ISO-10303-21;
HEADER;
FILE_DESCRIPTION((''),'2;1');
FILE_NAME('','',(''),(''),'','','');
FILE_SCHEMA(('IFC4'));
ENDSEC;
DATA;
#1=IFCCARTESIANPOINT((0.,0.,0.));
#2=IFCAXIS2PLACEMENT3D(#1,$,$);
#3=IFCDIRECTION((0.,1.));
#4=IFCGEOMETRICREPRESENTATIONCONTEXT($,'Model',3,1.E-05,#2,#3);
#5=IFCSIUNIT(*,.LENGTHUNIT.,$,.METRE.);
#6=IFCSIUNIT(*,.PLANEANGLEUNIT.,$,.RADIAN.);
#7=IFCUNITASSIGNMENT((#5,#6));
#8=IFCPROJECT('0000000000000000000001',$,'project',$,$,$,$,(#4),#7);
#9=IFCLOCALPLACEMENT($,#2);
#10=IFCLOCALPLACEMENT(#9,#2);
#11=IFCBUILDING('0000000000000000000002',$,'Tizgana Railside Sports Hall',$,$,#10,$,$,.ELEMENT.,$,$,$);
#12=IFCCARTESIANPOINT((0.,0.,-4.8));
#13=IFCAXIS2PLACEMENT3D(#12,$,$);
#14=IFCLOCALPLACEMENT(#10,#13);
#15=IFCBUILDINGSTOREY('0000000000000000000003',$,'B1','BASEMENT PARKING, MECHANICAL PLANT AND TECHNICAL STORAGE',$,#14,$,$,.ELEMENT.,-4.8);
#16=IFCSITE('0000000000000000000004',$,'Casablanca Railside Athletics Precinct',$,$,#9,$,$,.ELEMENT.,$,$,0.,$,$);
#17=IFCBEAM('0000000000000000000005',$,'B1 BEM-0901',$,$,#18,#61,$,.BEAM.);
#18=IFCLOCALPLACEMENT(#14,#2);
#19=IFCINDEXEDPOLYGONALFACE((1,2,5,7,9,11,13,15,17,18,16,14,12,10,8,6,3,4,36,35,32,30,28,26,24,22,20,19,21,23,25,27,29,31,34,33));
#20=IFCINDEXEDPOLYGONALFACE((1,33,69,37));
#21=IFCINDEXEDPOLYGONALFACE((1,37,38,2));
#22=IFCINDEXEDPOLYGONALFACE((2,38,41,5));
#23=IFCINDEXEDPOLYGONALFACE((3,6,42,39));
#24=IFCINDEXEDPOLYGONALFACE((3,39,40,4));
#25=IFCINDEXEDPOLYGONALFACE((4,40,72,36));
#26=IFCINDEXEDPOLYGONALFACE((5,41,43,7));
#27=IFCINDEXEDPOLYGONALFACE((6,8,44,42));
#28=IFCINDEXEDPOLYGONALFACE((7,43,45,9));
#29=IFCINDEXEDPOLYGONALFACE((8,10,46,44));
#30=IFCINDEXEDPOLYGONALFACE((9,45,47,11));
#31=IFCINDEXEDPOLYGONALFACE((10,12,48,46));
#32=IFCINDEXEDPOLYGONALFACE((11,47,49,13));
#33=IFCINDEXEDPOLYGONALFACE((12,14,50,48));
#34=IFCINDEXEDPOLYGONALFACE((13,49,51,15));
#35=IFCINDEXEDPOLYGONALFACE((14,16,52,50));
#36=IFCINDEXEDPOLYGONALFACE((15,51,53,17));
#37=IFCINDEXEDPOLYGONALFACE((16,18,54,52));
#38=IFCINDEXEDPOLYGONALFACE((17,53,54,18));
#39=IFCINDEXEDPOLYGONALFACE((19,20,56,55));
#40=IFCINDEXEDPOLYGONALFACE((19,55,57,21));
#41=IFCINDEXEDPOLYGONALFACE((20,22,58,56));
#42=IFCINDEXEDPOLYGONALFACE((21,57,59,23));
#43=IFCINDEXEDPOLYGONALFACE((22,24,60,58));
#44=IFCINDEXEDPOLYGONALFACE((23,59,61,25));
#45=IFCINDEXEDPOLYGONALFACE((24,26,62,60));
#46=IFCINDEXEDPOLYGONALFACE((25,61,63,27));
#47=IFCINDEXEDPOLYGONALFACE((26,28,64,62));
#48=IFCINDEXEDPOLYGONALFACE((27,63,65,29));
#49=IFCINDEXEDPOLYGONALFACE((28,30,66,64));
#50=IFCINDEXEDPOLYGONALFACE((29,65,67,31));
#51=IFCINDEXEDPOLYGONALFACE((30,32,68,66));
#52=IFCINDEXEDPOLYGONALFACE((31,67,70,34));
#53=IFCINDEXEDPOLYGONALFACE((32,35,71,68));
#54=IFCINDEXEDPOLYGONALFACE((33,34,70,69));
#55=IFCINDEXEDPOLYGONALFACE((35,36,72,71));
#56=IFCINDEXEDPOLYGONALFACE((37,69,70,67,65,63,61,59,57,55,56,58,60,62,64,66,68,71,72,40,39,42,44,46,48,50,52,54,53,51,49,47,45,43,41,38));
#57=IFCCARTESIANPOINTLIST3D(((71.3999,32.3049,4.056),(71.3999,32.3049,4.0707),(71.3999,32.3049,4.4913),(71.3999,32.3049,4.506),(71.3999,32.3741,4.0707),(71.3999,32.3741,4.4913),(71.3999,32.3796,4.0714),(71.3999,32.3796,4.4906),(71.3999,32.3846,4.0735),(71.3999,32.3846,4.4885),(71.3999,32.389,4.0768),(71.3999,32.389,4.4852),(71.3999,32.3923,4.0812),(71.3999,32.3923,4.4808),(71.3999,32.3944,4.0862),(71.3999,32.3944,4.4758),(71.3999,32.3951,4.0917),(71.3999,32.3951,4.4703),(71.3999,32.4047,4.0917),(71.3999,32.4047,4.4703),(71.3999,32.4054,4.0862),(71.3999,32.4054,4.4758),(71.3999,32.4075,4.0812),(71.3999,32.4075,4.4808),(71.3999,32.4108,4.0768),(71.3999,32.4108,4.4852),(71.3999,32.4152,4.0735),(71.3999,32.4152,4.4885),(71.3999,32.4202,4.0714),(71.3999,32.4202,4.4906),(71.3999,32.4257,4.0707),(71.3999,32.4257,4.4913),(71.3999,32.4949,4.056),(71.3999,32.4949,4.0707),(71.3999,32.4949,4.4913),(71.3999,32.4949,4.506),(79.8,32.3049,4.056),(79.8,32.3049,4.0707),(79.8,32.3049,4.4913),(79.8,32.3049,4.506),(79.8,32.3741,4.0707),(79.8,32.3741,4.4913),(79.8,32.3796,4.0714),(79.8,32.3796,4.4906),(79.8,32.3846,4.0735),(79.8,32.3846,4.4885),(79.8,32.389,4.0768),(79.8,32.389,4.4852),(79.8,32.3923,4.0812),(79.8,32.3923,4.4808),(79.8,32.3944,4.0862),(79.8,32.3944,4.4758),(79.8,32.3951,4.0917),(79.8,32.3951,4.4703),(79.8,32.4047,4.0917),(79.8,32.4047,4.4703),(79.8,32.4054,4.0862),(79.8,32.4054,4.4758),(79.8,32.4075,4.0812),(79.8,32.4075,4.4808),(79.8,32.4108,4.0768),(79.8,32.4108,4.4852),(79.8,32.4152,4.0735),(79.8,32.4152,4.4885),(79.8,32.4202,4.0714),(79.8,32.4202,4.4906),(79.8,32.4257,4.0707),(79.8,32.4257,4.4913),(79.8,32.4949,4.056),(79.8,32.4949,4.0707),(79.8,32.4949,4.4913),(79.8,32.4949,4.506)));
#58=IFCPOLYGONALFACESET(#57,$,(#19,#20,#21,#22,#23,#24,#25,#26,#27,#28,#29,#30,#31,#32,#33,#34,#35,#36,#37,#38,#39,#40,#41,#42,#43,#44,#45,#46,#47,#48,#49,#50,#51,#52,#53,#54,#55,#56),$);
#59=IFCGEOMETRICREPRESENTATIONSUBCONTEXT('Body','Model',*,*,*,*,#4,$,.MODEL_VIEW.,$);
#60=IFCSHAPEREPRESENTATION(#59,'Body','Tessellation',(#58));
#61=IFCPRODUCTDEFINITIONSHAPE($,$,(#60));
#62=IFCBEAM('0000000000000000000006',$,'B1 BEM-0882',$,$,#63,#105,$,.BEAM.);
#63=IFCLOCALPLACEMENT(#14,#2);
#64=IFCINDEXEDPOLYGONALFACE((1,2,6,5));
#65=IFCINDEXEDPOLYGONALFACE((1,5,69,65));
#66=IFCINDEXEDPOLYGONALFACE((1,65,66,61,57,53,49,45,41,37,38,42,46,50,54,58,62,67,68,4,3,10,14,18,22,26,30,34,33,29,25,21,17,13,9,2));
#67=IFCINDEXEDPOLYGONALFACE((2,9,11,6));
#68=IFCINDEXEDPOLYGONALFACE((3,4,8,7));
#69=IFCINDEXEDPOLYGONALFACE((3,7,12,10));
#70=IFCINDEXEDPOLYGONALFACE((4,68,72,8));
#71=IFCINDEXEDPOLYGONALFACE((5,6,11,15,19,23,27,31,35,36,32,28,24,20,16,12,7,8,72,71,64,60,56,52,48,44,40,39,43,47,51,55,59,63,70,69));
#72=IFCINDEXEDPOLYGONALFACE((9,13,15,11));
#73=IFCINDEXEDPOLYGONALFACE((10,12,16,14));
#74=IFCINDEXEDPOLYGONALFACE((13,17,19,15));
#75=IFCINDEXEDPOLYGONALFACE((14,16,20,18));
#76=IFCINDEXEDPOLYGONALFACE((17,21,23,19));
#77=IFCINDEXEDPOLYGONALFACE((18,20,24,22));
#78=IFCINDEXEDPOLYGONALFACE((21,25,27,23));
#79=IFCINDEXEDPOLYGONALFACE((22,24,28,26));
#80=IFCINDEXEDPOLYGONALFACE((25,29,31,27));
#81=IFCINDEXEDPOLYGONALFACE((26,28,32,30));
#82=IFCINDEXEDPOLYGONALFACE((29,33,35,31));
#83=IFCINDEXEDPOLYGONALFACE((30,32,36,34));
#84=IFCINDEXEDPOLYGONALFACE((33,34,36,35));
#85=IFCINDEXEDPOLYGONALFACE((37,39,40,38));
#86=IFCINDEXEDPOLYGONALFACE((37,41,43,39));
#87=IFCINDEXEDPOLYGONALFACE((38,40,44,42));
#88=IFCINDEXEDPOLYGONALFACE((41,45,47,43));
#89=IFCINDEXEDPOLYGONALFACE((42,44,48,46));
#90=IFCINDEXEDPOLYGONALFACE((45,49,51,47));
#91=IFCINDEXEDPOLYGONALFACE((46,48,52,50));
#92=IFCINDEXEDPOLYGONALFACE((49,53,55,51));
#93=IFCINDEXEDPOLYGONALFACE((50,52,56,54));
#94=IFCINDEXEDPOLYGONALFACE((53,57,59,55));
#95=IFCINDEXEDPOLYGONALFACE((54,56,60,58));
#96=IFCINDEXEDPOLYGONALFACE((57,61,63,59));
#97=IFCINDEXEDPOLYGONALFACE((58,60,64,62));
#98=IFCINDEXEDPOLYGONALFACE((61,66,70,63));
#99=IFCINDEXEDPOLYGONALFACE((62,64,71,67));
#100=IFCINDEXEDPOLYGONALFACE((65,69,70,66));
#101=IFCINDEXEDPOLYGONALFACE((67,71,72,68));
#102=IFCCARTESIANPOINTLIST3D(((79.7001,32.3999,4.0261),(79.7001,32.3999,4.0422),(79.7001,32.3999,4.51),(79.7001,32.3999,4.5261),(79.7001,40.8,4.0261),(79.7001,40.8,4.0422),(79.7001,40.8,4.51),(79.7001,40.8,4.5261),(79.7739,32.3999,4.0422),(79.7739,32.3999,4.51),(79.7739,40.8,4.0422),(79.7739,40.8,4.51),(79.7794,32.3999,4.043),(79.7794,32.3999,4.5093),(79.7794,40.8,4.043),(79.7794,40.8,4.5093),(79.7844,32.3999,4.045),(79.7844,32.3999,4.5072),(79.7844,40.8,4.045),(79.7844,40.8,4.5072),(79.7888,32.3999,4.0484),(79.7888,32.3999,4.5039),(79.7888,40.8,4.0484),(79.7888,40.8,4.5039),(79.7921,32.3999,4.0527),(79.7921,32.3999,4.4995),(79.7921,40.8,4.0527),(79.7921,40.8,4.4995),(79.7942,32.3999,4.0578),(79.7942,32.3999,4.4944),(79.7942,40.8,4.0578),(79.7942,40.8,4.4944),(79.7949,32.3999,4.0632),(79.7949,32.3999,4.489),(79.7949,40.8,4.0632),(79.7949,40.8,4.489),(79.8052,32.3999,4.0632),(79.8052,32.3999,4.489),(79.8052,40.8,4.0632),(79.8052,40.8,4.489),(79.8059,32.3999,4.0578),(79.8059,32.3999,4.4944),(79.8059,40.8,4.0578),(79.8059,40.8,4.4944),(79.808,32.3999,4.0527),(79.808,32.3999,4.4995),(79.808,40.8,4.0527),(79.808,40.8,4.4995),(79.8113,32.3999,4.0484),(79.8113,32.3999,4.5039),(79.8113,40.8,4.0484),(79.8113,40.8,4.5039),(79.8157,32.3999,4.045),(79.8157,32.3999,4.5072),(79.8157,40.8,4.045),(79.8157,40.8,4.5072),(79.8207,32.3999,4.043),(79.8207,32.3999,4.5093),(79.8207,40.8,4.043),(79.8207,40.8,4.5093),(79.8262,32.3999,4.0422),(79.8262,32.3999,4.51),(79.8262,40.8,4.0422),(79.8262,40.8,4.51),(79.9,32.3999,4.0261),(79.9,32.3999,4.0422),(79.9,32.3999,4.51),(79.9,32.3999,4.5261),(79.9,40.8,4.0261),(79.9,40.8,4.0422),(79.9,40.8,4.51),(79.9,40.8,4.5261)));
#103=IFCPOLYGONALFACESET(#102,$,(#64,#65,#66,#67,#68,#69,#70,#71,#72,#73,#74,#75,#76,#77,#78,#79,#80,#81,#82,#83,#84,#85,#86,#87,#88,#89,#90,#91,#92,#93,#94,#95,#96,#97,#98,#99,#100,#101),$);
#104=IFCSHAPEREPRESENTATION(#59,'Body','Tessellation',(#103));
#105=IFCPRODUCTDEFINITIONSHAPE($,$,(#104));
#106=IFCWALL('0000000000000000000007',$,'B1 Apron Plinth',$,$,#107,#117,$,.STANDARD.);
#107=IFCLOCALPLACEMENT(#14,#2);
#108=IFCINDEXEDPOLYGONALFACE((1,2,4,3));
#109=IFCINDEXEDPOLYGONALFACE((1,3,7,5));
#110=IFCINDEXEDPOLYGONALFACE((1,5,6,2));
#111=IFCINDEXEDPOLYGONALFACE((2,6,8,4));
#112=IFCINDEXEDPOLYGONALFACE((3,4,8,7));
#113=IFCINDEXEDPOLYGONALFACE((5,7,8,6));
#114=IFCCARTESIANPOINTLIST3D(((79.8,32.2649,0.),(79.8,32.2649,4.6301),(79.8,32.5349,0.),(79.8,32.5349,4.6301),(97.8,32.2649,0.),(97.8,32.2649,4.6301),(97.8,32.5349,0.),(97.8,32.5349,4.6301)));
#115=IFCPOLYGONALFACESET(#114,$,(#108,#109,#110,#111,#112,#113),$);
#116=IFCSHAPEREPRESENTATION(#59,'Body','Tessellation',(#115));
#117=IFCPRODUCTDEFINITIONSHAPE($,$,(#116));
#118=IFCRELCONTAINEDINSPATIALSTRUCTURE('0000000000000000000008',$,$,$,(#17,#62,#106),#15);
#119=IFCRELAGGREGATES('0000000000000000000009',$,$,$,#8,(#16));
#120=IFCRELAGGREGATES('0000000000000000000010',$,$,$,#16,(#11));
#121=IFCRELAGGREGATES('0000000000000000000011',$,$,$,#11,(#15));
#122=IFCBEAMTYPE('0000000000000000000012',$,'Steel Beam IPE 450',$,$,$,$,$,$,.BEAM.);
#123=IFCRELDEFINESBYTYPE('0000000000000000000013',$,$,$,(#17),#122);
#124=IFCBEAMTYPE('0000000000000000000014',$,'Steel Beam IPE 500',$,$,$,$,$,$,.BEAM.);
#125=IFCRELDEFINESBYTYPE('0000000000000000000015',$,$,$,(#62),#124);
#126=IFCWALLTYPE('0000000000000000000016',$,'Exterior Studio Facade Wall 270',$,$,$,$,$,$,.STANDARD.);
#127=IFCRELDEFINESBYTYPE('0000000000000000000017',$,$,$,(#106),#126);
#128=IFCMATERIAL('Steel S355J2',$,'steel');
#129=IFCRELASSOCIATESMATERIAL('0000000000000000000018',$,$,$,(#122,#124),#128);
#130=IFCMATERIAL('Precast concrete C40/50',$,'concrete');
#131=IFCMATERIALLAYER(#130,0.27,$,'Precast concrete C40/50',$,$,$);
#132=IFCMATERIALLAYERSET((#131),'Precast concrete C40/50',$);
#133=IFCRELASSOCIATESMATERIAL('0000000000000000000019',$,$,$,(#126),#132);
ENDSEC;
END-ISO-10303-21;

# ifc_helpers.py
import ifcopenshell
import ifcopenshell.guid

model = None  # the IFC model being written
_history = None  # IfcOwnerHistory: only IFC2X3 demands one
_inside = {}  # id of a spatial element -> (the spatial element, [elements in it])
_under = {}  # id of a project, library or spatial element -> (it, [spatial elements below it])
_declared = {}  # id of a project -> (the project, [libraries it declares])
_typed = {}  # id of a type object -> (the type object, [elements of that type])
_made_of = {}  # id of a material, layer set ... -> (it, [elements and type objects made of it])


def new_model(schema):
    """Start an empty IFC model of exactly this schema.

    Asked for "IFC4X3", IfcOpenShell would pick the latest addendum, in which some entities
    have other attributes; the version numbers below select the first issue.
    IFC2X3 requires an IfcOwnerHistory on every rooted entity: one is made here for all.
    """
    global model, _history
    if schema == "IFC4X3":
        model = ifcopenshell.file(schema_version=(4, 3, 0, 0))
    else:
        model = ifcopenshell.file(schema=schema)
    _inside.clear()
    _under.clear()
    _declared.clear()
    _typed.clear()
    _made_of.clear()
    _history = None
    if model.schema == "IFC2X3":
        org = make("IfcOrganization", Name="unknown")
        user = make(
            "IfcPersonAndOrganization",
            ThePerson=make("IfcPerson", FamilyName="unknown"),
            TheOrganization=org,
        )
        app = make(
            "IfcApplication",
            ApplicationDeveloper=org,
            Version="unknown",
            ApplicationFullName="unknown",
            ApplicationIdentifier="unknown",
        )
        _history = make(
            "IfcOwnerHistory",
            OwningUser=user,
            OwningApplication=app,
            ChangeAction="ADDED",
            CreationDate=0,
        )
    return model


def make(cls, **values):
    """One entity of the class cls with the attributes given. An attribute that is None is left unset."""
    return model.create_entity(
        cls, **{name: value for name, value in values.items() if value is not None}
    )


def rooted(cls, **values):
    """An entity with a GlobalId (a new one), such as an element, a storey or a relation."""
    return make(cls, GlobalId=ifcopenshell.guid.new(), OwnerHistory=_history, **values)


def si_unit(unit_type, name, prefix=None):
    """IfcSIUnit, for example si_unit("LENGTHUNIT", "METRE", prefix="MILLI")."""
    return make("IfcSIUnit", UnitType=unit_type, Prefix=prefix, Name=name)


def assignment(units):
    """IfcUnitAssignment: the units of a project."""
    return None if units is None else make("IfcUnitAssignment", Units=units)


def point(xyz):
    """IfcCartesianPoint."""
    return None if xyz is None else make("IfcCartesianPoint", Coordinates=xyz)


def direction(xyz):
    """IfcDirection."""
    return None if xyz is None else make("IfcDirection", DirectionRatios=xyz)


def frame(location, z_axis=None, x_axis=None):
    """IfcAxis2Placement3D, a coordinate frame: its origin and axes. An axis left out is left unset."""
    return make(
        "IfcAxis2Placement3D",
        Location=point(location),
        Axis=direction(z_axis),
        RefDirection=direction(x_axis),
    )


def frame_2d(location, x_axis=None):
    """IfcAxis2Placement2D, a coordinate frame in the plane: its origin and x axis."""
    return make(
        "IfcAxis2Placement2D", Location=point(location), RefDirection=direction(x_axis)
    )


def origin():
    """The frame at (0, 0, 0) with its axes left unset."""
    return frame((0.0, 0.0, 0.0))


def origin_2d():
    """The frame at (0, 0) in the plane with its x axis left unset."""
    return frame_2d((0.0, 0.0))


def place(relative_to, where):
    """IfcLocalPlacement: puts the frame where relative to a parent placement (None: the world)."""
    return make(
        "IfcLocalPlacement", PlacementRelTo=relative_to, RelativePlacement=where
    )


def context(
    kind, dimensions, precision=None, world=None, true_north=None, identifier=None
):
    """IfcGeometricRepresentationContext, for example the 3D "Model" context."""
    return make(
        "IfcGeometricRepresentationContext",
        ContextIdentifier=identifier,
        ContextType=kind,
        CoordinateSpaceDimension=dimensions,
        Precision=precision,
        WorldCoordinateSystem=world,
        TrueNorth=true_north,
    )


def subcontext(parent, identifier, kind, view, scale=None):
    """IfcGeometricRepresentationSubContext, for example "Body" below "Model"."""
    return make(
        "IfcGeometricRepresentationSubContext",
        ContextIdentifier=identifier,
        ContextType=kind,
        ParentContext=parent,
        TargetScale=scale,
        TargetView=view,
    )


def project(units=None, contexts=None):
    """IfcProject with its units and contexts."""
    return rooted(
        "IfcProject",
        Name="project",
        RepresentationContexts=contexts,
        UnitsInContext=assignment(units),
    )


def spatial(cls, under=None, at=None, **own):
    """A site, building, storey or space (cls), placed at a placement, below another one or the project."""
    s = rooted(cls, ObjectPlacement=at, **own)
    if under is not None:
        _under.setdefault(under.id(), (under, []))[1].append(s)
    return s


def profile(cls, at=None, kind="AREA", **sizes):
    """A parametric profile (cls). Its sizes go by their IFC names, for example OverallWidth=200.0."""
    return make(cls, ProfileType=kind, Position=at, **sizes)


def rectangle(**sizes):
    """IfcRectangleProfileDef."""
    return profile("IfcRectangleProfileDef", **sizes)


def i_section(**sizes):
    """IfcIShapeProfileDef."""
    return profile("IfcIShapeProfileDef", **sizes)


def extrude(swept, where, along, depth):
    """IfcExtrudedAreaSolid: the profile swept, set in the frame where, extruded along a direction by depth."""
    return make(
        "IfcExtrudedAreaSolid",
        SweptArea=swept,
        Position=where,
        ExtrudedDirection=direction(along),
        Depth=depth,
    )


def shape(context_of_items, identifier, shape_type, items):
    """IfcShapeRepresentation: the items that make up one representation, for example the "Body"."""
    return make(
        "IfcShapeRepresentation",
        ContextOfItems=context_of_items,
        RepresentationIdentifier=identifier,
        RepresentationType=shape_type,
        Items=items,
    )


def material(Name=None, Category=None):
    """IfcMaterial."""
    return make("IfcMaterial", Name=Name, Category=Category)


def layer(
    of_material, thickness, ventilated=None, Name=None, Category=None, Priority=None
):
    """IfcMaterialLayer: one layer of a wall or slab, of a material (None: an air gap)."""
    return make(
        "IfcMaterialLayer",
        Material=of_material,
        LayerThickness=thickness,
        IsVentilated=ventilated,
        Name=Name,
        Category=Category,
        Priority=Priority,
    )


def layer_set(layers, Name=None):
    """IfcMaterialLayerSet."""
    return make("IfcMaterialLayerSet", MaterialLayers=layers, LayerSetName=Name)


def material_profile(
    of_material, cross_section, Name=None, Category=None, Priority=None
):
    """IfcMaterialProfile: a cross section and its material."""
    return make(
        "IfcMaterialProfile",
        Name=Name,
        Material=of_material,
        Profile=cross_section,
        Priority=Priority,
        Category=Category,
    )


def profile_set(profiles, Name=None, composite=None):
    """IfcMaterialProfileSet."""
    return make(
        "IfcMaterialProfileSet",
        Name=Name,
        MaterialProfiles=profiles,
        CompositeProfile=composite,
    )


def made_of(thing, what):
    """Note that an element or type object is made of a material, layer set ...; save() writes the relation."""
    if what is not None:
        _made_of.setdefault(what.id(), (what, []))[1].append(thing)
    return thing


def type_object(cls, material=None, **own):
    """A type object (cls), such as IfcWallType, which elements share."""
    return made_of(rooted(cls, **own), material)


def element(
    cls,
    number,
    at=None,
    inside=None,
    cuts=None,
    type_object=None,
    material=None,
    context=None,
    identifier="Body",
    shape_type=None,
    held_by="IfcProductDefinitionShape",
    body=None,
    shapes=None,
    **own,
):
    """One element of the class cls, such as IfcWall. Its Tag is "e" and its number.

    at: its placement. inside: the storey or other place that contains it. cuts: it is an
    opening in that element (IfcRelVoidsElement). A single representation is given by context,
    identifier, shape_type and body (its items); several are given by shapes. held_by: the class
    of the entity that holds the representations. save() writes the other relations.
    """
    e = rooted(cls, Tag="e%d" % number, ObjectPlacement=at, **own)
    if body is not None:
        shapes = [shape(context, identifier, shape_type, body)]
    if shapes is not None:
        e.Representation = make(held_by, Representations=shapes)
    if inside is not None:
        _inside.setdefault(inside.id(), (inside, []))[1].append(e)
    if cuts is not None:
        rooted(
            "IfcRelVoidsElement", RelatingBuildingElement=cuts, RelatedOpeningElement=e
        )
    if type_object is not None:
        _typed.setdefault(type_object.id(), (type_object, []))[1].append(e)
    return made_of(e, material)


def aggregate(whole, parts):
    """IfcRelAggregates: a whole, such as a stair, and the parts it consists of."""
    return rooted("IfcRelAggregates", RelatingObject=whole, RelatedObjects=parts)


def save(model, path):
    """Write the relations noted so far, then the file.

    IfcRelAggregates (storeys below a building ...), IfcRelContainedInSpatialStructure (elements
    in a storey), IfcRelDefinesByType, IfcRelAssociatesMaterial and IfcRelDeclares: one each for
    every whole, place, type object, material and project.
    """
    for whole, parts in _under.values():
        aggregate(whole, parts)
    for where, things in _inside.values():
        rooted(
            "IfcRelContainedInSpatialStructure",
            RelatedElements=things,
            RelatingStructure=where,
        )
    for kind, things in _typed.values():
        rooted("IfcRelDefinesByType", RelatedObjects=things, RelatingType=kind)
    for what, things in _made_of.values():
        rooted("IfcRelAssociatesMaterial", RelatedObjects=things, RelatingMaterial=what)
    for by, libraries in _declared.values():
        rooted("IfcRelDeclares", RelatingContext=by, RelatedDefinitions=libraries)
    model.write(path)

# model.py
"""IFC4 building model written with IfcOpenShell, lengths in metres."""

from ifc_helpers import new_model, si_unit, direction, frame, frame_2d, origin, origin_2d, place, context, subcontext, project, spatial, rectangle, i_section, extrude, material, layer, layer_set, material_profile, profile_set, type_object, element, save


model = new_model("IFC4")

# Units and contexts
model_context = context("Model", 3, precision=1e-05, world=origin(), true_north=direction((0.0, 1.0)))
body_context = subcontext(model_context, "Body", "Model", "MODEL_VIEW")
ifc_project = project(units=[si_unit("LENGTHUNIT", "METRE"), si_unit("PLANEANGLEUNIT", "RADIAN")], contexts=[model_context])

# Site, building, storey
site_placement = place(None, origin())
site = spatial("IfcSite", under=ifc_project, at=site_placement, Name="Casablanca Railside Athletics Precinct", CompositionType="ELEMENT", RefElevation=0.0)
building_placement = place(site_placement, origin())
building = spatial("IfcBuilding", under=site, at=building_placement, Name="Tizgana Railside Sports Hall", CompositionType="ELEMENT")
storey_placement = place(building_placement, frame((0.0, 0.0, -4.8)))
storey = spatial("IfcBuildingStorey", under=building, at=storey_placement, Name="B1", Description="BASEMENT PARKING, MECHANICAL PLANT AND TECHNICAL STORAGE", CompositionType="ELEMENT", Elevation=-4.8)

# Beams
ifc_material_1 = material(Name="Steel S355J2", Category="steel")
ifc_material_profile_1 = material_profile(ifc_material_1, i_section(OverallWidth=0.1899, OverallDepth=0.45, WebThickness=0.0095, FlangeThickness=0.0146, FilletRadius=0.021, at=origin_2d()), Name="IPE 450")
ifc_profile_set_1 = profile_set([ifc_material_profile_1], Name="Steel S355J2")
beam_type_1 = type_object("IfcBeamType", Name="Steel Beam IPE 450", PredefinedType="BEAM", material=ifc_profile_set_1)
beam_1_placement = place(storey_placement, frame((71.3999, 32.3999, 4.281), z_axis=(1.0, 0.0, 0.0), x_axis=(0.0, 1.0, 0.0)))
element("IfcBeam", 1, at=beam_1_placement, inside=storey, type_object=beam_type_1, Name="B1 BEM-0901", PredefinedType="BEAM", context=body_context, shape_type="SweptSolid", body=[
    extrude(i_section(OverallWidth=0.1899, OverallDepth=0.45, WebThickness=0.0095, FlangeThickness=0.0146, FilletRadius=0.021, at=origin_2d()), origin(), (0.0, 0.0, 1.0), 8.4001),
])
ifc_material_profile_2 = material_profile(ifc_material_1, i_section(OverallWidth=0.2, OverallDepth=0.5, WebThickness=0.0103, FlangeThickness=0.0161, FilletRadius=0.021, at=origin_2d()), Name="IPE 500")
ifc_profile_set_2 = profile_set([ifc_material_profile_2], Name="Steel S355J2")
beam_type_2 = type_object("IfcBeamType", Name="Steel Beam IPE 500", PredefinedType="BEAM", material=ifc_profile_set_2)
beam_2_placement = place(storey_placement, frame((79.8, 32.3999, 4.2761), z_axis=(0.0, 1.0, 0.0), x_axis=(-1.0, 0.0, 0.0)))
element("IfcBeam", 2, at=beam_2_placement, inside=storey, type_object=beam_type_2, Name="B1 BEM-0882", PredefinedType="BEAM", context=body_context, shape_type="SweptSolid", body=[
    extrude(i_section(OverallWidth=0.2, OverallDepth=0.5, WebThickness=0.0103, FlangeThickness=0.0161, FilletRadius=0.021, at=origin_2d()), origin(), (0.0, 0.0, 1.0), 8.4001),
])

# Wall
ifc_material_2 = material(Name="Precast concrete C40/50", Category="concrete")
ifc_layer = layer(ifc_material_2, 0.27, Name="Precast concrete C40/50")
ifc_layer_set = layer_set([ifc_layer], Name="Precast concrete C40/50")
wall_type = type_object("IfcWallType", Name="Exterior Studio Facade Wall 270", PredefinedType="STANDARD", material=ifc_layer_set)
wall_placement = place(storey_placement, frame((79.8, 32.3999, 0.0), z_axis=(0.0, 0.0, 1.0), x_axis=(1.0, 0.0, 0.0)))
element("IfcWall", 3, at=wall_placement, inside=storey, type_object=wall_type, Name="B1 Apron Plinth", PredefinedType="STANDARD", context=body_context, shape_type="SweptSolid", body=[
    extrude(rectangle(XDim=18.0, YDim=0.27, at=frame_2d((9.0, 0.0))), origin(), (0.0, 0.0, 1.0), 4.6301),
])

save(model, "model.ifc")
